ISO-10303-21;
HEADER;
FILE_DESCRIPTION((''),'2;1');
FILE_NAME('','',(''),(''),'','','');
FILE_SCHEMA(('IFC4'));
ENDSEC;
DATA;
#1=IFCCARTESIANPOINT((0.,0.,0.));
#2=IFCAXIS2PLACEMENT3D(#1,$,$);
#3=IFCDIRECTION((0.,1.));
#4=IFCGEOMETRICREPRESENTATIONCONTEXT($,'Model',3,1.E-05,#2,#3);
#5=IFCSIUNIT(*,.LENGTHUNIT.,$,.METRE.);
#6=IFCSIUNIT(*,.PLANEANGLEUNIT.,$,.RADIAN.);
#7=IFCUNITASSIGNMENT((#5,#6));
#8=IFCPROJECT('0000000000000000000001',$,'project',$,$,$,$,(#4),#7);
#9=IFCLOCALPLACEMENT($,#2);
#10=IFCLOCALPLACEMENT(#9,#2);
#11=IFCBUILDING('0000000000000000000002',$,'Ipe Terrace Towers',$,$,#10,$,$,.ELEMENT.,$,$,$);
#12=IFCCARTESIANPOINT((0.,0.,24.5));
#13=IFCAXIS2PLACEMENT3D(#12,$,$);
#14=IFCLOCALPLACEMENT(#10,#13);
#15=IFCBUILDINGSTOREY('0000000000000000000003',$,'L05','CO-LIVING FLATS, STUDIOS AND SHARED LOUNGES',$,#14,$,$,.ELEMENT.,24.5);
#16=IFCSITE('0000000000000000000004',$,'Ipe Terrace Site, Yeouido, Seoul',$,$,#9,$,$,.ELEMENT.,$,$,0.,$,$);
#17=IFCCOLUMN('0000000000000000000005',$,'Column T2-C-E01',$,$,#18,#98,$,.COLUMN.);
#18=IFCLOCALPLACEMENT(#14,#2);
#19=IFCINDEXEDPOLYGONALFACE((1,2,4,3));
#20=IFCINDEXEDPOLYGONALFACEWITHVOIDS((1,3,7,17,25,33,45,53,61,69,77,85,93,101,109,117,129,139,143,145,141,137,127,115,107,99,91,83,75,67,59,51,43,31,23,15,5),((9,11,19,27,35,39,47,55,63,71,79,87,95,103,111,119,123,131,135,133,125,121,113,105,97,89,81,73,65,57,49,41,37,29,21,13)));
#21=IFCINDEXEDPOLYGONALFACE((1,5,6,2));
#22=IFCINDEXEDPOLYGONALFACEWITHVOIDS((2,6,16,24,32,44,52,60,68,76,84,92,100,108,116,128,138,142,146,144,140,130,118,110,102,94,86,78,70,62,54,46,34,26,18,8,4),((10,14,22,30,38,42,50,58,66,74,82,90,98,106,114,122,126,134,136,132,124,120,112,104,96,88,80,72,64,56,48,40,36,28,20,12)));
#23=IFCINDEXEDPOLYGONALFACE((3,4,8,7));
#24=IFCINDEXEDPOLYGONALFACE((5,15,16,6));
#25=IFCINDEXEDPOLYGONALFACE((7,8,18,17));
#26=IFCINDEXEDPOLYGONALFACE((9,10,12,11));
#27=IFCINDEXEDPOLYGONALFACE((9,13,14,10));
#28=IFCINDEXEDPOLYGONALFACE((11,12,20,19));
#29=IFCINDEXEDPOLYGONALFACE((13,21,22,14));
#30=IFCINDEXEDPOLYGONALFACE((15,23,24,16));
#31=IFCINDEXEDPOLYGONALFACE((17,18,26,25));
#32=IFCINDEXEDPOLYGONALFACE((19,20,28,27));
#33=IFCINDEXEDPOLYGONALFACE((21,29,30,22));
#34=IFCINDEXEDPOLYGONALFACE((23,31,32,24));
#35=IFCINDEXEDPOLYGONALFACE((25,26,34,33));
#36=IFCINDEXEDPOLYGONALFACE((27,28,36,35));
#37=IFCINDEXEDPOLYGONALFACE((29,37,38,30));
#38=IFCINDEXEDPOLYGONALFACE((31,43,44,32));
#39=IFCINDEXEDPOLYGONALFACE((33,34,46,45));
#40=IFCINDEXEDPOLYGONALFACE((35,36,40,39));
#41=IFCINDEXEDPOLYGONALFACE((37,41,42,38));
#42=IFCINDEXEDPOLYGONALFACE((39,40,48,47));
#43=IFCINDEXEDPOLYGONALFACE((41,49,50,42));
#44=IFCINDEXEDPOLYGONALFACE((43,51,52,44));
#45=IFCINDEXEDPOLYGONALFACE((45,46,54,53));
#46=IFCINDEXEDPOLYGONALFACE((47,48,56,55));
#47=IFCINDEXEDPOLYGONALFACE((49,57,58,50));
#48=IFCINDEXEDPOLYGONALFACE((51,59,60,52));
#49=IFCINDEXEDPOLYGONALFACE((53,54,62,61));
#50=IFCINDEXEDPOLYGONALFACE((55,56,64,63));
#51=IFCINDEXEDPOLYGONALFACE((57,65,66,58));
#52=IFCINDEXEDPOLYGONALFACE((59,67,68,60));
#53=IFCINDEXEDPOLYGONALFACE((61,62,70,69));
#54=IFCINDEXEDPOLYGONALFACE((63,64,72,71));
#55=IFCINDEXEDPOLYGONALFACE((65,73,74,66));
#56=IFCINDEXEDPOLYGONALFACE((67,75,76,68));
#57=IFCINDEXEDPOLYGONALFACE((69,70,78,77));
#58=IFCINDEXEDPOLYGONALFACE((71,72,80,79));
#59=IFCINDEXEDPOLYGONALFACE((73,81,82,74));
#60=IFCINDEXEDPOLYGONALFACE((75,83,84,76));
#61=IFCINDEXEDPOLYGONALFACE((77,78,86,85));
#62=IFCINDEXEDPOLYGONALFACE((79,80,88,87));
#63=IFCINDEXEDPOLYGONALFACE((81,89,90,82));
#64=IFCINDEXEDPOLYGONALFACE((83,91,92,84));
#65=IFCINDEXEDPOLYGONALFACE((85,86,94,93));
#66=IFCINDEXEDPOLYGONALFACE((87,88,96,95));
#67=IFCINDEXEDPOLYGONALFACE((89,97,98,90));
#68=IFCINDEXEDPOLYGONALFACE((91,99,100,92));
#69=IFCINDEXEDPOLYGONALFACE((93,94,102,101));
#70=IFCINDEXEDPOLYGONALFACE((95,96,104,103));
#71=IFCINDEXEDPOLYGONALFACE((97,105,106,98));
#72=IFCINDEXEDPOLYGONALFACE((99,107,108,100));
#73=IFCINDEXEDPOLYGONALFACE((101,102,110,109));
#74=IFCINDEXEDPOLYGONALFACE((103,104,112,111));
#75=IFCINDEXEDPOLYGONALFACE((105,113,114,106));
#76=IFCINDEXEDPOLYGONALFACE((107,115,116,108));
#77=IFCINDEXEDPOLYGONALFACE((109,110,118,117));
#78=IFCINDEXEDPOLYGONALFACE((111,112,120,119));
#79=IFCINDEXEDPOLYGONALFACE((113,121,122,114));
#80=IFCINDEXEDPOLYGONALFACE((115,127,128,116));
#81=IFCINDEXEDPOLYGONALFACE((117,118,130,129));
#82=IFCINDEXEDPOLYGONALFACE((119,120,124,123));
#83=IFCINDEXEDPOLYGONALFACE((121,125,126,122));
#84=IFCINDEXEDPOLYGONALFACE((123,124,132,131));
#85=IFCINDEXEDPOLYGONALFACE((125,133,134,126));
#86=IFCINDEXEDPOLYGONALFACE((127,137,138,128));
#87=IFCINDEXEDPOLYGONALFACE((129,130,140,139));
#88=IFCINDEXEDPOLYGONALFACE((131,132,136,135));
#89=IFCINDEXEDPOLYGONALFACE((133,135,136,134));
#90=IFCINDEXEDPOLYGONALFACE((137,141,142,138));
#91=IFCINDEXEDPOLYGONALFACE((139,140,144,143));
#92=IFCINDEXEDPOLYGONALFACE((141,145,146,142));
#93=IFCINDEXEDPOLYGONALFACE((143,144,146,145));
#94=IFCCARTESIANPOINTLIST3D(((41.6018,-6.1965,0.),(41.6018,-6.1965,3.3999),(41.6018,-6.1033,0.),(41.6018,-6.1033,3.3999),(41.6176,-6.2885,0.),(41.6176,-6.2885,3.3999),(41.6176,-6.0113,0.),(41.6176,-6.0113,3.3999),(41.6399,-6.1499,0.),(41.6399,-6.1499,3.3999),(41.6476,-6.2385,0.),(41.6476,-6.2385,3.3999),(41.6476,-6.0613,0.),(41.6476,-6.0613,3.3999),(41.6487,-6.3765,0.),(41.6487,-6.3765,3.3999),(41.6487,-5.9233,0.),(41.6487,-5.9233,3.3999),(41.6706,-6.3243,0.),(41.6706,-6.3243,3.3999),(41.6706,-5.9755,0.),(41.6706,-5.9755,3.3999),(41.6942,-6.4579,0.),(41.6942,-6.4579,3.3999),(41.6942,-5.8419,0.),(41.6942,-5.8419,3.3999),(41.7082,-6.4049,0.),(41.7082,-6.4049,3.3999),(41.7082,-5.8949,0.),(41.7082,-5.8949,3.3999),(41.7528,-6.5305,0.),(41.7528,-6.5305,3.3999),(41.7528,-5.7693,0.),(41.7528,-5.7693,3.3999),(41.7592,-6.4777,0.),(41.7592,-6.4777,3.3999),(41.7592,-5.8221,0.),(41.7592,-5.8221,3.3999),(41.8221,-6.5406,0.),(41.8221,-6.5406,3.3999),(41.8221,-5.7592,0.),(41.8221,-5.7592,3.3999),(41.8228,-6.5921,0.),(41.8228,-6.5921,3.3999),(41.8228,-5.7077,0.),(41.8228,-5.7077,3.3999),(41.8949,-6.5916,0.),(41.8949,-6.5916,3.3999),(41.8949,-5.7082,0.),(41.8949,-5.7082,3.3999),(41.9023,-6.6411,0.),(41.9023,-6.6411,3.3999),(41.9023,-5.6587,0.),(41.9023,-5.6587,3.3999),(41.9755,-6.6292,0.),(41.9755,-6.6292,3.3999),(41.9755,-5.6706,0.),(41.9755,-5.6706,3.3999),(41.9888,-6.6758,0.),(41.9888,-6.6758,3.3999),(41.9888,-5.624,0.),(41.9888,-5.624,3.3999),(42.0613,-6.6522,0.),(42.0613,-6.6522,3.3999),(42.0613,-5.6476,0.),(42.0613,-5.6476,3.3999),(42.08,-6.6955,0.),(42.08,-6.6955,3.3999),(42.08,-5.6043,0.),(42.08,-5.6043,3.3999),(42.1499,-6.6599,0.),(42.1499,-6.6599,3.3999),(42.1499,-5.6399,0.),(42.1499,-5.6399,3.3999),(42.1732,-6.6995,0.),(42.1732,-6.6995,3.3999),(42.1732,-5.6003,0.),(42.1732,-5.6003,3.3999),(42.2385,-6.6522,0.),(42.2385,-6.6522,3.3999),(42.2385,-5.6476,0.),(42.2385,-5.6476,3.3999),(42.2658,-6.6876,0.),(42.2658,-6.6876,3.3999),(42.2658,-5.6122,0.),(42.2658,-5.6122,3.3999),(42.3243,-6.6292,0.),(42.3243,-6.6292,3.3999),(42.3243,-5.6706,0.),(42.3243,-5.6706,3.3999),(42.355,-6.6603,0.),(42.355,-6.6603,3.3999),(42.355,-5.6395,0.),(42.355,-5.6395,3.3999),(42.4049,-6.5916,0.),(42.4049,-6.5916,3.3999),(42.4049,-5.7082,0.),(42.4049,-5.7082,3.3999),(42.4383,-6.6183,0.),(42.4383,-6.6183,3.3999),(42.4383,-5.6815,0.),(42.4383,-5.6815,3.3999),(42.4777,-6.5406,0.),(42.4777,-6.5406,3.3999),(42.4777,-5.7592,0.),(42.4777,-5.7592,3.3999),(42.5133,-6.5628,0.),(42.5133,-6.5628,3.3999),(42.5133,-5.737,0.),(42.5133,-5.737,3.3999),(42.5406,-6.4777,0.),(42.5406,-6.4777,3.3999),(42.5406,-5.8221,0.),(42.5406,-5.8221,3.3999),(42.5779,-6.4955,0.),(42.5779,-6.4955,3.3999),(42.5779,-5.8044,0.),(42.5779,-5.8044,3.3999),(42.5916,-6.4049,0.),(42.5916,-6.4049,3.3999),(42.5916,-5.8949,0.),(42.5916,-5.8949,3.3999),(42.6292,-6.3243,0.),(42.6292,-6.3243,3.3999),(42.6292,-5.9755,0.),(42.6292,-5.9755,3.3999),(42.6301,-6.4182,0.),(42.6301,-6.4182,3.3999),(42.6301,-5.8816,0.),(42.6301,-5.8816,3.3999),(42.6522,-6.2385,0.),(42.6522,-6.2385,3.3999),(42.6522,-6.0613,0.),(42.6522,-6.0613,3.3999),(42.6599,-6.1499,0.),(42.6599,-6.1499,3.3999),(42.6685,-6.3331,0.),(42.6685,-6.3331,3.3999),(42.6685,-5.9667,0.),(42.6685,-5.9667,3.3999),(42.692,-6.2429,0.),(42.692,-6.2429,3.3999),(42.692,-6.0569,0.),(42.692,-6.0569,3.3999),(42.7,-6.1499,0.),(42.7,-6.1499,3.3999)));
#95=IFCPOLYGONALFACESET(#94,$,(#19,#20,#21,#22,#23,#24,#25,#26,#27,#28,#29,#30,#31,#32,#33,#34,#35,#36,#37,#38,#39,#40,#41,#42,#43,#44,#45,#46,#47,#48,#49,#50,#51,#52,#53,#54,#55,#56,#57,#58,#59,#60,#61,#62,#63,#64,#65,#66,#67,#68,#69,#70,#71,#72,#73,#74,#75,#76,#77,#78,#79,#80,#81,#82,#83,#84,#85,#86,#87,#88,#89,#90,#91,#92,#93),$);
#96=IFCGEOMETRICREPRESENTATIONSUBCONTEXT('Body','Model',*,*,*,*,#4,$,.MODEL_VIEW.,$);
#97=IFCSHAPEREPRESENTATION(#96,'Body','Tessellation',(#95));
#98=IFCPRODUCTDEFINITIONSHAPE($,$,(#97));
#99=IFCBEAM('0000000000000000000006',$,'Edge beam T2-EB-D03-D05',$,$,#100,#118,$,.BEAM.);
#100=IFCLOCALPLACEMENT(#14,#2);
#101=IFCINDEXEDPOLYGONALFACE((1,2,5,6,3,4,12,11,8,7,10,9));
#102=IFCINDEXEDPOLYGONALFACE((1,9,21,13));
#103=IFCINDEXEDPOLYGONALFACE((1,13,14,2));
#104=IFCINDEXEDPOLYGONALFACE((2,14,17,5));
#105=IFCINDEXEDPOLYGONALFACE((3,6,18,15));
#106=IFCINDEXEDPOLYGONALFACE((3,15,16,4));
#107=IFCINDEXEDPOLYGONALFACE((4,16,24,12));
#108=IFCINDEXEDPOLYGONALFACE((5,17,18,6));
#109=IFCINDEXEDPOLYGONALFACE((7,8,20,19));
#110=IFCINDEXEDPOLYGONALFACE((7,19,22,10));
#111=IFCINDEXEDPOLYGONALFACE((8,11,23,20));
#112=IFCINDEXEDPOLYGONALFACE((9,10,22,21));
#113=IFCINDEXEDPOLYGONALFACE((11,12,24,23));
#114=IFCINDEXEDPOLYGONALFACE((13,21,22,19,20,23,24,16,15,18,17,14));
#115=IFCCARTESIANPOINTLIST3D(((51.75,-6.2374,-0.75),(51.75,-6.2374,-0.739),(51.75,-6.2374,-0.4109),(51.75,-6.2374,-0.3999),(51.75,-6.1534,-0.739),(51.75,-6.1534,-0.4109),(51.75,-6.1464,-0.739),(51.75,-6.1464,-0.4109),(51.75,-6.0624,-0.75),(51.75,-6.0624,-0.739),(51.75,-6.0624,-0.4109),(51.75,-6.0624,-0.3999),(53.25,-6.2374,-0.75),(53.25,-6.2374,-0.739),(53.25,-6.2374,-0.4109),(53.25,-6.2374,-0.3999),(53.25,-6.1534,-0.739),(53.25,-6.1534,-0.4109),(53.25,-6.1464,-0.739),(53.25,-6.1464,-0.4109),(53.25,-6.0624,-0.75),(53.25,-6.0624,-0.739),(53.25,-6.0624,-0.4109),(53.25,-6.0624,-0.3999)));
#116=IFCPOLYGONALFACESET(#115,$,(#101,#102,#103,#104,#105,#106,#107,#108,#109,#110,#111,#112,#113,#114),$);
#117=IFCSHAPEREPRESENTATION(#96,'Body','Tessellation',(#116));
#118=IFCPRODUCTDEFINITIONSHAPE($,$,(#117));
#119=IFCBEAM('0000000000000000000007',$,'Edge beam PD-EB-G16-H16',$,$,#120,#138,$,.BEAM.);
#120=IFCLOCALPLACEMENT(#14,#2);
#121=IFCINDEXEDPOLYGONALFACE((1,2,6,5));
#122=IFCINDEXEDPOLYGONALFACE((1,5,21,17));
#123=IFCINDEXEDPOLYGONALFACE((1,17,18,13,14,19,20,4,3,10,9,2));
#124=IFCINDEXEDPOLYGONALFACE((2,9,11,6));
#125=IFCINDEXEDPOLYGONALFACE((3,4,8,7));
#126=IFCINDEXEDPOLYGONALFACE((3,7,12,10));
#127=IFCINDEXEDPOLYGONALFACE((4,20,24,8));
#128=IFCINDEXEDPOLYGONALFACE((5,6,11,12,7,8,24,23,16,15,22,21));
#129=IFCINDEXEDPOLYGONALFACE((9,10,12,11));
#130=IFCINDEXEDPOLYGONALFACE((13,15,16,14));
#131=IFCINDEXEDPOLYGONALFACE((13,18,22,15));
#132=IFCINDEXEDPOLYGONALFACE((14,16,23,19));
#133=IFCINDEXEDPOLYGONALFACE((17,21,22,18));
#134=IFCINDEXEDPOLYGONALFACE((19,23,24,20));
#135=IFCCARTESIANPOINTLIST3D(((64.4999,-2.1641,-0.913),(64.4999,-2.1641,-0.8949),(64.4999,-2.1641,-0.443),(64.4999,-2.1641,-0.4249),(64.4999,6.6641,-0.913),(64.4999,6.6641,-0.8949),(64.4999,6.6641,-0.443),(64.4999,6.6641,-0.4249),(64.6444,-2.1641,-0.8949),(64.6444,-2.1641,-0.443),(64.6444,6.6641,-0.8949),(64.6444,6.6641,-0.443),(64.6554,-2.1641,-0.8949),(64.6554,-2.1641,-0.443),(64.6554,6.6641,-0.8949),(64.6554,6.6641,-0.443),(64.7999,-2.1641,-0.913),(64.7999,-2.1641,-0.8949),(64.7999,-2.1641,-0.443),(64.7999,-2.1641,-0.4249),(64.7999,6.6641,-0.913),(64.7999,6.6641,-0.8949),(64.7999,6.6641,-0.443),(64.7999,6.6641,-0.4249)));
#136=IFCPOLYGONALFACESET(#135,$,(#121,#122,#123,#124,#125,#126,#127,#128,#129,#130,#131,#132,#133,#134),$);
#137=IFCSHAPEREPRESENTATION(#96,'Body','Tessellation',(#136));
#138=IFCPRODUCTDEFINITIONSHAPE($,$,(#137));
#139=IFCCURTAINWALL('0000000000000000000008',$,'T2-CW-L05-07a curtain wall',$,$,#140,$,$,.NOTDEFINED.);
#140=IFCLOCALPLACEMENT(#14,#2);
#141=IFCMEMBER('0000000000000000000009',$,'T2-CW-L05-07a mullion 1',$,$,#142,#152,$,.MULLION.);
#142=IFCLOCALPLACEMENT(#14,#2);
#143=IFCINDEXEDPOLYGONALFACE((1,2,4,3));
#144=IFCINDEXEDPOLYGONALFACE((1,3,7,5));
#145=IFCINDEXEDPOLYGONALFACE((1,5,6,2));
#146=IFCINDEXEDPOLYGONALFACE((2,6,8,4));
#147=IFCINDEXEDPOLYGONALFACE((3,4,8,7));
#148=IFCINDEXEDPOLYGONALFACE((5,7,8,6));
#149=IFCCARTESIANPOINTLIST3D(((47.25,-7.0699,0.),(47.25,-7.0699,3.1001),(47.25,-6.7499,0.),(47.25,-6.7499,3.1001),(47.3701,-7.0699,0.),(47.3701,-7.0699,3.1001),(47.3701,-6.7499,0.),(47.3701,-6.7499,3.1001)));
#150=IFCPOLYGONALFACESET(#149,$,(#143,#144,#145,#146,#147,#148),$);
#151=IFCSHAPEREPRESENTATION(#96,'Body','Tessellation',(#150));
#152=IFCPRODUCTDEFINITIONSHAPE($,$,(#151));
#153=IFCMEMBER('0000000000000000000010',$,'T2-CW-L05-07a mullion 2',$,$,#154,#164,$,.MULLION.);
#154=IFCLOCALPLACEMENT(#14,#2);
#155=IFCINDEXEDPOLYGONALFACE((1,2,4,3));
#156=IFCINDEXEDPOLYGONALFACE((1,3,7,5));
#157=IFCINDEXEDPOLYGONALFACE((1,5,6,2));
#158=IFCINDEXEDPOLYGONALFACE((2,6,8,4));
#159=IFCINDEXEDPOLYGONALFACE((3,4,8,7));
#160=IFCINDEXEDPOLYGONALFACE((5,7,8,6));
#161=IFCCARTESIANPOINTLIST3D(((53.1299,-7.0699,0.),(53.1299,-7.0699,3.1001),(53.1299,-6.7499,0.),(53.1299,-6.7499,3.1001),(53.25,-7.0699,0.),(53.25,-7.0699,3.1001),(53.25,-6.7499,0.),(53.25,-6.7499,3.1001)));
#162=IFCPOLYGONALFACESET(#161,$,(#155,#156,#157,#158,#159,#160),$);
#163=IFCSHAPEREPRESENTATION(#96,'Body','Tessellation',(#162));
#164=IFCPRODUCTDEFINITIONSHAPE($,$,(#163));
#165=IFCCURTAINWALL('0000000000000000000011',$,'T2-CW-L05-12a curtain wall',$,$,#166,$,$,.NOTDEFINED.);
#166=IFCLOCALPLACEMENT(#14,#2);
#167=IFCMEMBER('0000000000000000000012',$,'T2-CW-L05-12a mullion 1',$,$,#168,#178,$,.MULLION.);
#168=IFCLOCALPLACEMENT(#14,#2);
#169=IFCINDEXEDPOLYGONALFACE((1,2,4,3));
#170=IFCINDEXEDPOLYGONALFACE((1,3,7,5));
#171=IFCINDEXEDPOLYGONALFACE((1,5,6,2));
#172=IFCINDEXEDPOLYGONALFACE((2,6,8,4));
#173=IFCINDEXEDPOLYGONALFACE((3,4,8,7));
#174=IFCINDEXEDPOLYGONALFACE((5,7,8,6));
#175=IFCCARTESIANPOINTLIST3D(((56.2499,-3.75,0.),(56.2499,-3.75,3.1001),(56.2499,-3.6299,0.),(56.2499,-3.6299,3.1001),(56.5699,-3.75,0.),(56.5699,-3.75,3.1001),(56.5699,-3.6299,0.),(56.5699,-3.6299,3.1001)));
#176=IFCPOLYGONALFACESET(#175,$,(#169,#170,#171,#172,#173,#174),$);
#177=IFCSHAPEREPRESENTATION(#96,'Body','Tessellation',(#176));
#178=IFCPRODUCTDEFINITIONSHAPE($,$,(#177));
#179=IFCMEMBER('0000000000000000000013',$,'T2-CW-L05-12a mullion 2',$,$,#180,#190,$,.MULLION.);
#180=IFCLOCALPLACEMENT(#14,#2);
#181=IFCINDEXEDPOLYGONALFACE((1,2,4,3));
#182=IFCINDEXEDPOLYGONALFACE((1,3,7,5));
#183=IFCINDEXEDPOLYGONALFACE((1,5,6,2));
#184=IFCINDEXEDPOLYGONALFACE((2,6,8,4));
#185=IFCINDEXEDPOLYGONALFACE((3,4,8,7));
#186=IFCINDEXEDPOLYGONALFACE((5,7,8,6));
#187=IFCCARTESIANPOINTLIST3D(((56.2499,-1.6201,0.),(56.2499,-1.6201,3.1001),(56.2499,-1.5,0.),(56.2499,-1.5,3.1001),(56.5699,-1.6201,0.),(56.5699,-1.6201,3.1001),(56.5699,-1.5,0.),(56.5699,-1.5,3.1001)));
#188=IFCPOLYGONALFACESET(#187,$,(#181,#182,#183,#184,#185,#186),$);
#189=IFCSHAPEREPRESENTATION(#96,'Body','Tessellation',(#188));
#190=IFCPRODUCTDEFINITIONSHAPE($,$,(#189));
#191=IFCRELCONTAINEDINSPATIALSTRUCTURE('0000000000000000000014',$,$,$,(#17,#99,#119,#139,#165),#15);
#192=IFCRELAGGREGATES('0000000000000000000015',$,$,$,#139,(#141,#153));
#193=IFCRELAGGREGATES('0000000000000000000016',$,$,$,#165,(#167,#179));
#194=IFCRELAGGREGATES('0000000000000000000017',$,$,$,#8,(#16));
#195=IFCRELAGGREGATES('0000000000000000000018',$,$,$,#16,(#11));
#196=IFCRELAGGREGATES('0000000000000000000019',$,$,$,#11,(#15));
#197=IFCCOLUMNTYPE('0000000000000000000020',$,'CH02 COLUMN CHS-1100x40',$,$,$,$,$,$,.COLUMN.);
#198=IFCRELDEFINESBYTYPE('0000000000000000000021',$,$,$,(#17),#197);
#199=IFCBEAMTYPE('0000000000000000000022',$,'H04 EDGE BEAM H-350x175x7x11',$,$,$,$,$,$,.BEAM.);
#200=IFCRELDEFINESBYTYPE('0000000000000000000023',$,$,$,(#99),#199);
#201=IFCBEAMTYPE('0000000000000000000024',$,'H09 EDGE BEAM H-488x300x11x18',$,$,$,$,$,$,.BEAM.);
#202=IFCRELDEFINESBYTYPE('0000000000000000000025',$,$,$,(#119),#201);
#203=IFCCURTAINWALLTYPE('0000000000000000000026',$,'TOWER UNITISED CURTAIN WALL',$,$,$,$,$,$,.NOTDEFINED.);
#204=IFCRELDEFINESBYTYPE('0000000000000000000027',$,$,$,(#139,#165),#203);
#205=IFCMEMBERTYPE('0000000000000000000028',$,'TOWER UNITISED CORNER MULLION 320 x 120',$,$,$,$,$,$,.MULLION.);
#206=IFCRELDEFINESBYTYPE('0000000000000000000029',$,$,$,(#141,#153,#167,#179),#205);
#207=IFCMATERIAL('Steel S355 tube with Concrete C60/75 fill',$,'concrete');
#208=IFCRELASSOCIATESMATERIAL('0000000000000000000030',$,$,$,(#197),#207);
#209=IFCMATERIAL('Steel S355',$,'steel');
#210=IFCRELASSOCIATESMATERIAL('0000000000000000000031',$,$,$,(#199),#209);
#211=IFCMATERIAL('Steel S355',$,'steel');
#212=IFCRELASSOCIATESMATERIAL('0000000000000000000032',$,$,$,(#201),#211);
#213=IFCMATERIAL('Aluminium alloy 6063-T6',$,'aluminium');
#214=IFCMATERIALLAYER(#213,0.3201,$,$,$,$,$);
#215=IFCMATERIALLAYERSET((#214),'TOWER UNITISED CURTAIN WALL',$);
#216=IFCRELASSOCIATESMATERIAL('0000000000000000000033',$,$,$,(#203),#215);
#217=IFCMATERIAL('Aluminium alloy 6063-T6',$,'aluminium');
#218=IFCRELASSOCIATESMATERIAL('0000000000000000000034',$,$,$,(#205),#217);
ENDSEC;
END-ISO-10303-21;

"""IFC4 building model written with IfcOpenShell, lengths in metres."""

from ifc_helpers import new_model, si_unit, direction, frame, origin, origin_2d, place, context, subcontext, project, spatial, rectangle, hollow_circle, i_section, extrude, material, layer, layer_set, material_profile, profile_set, type_object, element, aggregate, save


model = new_model("IFC4")

# Units and contexts
model_context = context("Model", 3, precision=1e-05, world=origin(), true_north=direction((0.0, 1.0)))
body_context = subcontext(model_context, "Body", "Model", "MODEL_VIEW")
ifc_project = project(units=[si_unit("LENGTHUNIT", "METRE"), si_unit("PLANEANGLEUNIT", "RADIAN")], contexts=[model_context])

# Site, building, storey
site_placement = place(None, origin())
site = spatial("IfcSite", under=ifc_project, at=site_placement, Name="Ipe Terrace Site, Yeouido, Seoul", CompositionType="ELEMENT", RefElevation=0.0)
building_placement = place(site_placement, origin())
building = spatial("IfcBuilding", under=site, at=building_placement, Name="Ipe Terrace Towers", CompositionType="ELEMENT")
storey_placement = place(building_placement, frame((0.0, 0.0, 24.5)))
storey = spatial("IfcBuildingStorey", under=building, at=storey_placement, Name="L05", Description="CO-LIVING FLATS, STUDIOS AND SHARED LOUNGES", CompositionType="ELEMENT", Elevation=24.5)

# Column
ifc_material_1 = material(Name="Steel S355 tube with Concrete C60/75 fill", Category="concrete")
ifc_material_profile_1 = material_profile(ifc_material_1, hollow_circle(Radius=0.55, WallThickness=0.04, at=origin_2d()), Name="CHS-1100x40")
ifc_profile_set_1 = profile_set([ifc_material_profile_1], Name="Steel S355 tube with Concrete C60/75 fill")
column_type_1 = type_object("IfcColumnType", Name="CH02 COLUMN CHS-1100x40", PredefinedType="COLUMN", material=ifc_profile_set_1)
column_placement = place(storey_placement, frame((42.1499, -6.1499, 0.0), z_axis=(0.0, 0.0, 1.0), x_axis=(1.0, 0.0, 0.0)))
element("IfcColumn", 1, at=column_placement, inside=storey, type_object=column_type_1, Name="Column T2-C-E01", PredefinedType="COLUMN", context=body_context, shape_type="SweptSolid", body=[
    extrude(hollow_circle(Radius=0.55, WallThickness=0.04, at=origin_2d()), origin(), (0.0, 0.0, 1.0), 3.3999),
])

# Beams
ifc_material_2 = material(Name="Steel S355", Category="steel")
ifc_material_profile_2 = material_profile(ifc_material_2, i_section(OverallWidth=0.175, OverallDepth=0.3501, WebThickness=0.0071, FlangeThickness=0.011, at=origin_2d()), Name="H-350x175x7x11")
ifc_profile_set_2 = profile_set([ifc_material_profile_2], Name="Steel S355")
beam_type_1 = type_object("IfcBeamType", Name="H04 EDGE BEAM H-350x175x7x11", PredefinedType="BEAM", material=ifc_profile_set_2)
beam_1_placement = place(storey_placement, frame((51.75, -6.1499, -0.575), z_axis=(1.0, 0.0, 0.0), x_axis=(0.0, 1.0, 0.0)))
element("IfcBeam", 2, at=beam_1_placement, inside=storey, type_object=beam_type_1, Name="Edge beam T2-EB-D03-D05", PredefinedType="BEAM", context=body_context, shape_type="SweptSolid", body=[
    extrude(i_section(OverallWidth=0.175, OverallDepth=0.3501, WebThickness=0.0071, FlangeThickness=0.011, at=origin_2d()), origin(), (0.0, 0.0, 1.0), 1.5),
])
ifc_material_3 = material(Name="Steel S355", Category="steel")
ifc_material_profile_3 = material_profile(ifc_material_3, i_section(OverallWidth=0.3, OverallDepth=0.488, WebThickness=0.011, FlangeThickness=0.0181, at=origin_2d()), Name="H-488x300x11x18")
ifc_profile_set_3 = profile_set([ifc_material_profile_3], Name="Steel S355")
beam_type_2 = type_object("IfcBeamType", Name="H09 EDGE BEAM H-488x300x11x18", PredefinedType="BEAM", material=ifc_profile_set_3)
beam_2_placement = place(storey_placement, frame((64.6499, -2.1641, -0.6689), z_axis=(0.0, 1.0, 0.0), x_axis=(-1.0, 0.0, 0.0)))
element("IfcBeam", 3, at=beam_2_placement, inside=storey, type_object=beam_type_2, Name="Edge beam PD-EB-G16-H16", PredefinedType="BEAM", context=body_context, shape_type="SweptSolid", body=[
    extrude(i_section(OverallWidth=0.3, OverallDepth=0.488, WebThickness=0.011, FlangeThickness=0.0181, at=origin_2d()), origin(), (0.0, 0.0, 1.0), 8.8281),
])

# Curtain walls, members
ifc_material_4 = material(Name="Aluminium alloy 6063-T6", Category="aluminium")
ifc_layer_1 = layer(ifc_material_4, 0.3201)
ifc_layer_set_1 = layer_set([ifc_layer_1], Name="TOWER UNITISED CURTAIN WALL")
curtain_wall_type = type_object("IfcCurtainWallType", Name="TOWER UNITISED CURTAIN WALL", PredefinedType="NOTDEFINED", material=ifc_layer_set_1)
curtain_wall_1_placement = place(storey_placement, origin())
curtain_wall_1 = element("IfcCurtainWall", 4, at=curtain_wall_1_placement, inside=storey, type_object=curtain_wall_type, Name="T2-CW-L05-07a curtain wall", PredefinedType="NOTDEFINED")
ifc_material_5 = material(Name="Aluminium alloy 6063-T6", Category="aluminium")
ifc_material_profile_4 = material_profile(ifc_material_5, rectangle(XDim=0.3201, YDim=0.1201, at=origin_2d()), Name="TOWER UNITISED CORNER MULLION 320 x 120")
ifc_profile_set_4 = profile_set([ifc_material_profile_4], Name="Aluminium alloy 6063-T6")
member_type = type_object("IfcMemberType", Name="TOWER UNITISED CORNER MULLION 320 x 120", PredefinedType="MULLION", material=ifc_profile_set_4)
member_1_placement = place(storey_placement, frame((47.3101, -6.9099, 0.0), z_axis=(0.0, 0.0, 1.0), x_axis=(0.0, -1.0, 0.0)))
member_1 = element("IfcMember", 5, at=member_1_placement, type_object=member_type, Name="T2-CW-L05-07a mullion 1", PredefinedType="MULLION", context=body_context, shape_type="SweptSolid", body=[
    extrude(rectangle(XDim=0.3201, YDim=0.1201, at=origin_2d()), origin(), (0.0, 0.0, 1.0), 3.1001),
])
member_2_placement = place(storey_placement, frame((53.1899, -6.9099, 0.0), z_axis=(0.0, 0.0, 1.0), x_axis=(0.0, -1.0, 0.0)))
member_2 = element("IfcMember", 6, at=member_2_placement, type_object=member_type, Name="T2-CW-L05-07a mullion 2", PredefinedType="MULLION", context=body_context, shape_type="SweptSolid", body=[
    extrude(rectangle(XDim=0.3201, YDim=0.1201, at=origin_2d()), origin(), (0.0, 0.0, 1.0), 3.1001),
])
curtain_wall_2_placement = place(storey_placement, origin())
curtain_wall_2 = element("IfcCurtainWall", 7, at=curtain_wall_2_placement, inside=storey, type_object=curtain_wall_type, Name="T2-CW-L05-12a curtain wall", PredefinedType="NOTDEFINED")
member_3_placement = place(storey_placement, frame((56.4099, -3.6899, 0.0), z_axis=(0.0, 0.0, 1.0), x_axis=(1.0, 0.0, 0.0)))
member_3 = element("IfcMember", 8, at=member_3_placement, type_object=member_type, Name="T2-CW-L05-12a mullion 1", PredefinedType="MULLION", context=body_context, shape_type="SweptSolid", body=[
    extrude(rectangle(XDim=0.3201, YDim=0.1201, at=origin_2d()), origin(), (0.0, 0.0, 1.0), 3.1001),
])
member_4_placement = place(storey_placement, frame((56.4099, -1.5601, 0.0), z_axis=(0.0, 0.0, 1.0), x_axis=(1.0, 0.0, 0.0)))
member_4 = element("IfcMember", 9, at=member_4_placement, type_object=member_type, Name="T2-CW-L05-12a mullion 2", PredefinedType="MULLION", context=body_context, shape_type="SweptSolid", body=[
    extrude(rectangle(XDim=0.3201, YDim=0.1201, at=origin_2d()), origin(), (0.0, 0.0, 1.0), 3.1001),
])

aggregate(curtain_wall_1, [member_1, member_2])
aggregate(curtain_wall_2, [member_3, member_4])

save(model, "model.ifc")
